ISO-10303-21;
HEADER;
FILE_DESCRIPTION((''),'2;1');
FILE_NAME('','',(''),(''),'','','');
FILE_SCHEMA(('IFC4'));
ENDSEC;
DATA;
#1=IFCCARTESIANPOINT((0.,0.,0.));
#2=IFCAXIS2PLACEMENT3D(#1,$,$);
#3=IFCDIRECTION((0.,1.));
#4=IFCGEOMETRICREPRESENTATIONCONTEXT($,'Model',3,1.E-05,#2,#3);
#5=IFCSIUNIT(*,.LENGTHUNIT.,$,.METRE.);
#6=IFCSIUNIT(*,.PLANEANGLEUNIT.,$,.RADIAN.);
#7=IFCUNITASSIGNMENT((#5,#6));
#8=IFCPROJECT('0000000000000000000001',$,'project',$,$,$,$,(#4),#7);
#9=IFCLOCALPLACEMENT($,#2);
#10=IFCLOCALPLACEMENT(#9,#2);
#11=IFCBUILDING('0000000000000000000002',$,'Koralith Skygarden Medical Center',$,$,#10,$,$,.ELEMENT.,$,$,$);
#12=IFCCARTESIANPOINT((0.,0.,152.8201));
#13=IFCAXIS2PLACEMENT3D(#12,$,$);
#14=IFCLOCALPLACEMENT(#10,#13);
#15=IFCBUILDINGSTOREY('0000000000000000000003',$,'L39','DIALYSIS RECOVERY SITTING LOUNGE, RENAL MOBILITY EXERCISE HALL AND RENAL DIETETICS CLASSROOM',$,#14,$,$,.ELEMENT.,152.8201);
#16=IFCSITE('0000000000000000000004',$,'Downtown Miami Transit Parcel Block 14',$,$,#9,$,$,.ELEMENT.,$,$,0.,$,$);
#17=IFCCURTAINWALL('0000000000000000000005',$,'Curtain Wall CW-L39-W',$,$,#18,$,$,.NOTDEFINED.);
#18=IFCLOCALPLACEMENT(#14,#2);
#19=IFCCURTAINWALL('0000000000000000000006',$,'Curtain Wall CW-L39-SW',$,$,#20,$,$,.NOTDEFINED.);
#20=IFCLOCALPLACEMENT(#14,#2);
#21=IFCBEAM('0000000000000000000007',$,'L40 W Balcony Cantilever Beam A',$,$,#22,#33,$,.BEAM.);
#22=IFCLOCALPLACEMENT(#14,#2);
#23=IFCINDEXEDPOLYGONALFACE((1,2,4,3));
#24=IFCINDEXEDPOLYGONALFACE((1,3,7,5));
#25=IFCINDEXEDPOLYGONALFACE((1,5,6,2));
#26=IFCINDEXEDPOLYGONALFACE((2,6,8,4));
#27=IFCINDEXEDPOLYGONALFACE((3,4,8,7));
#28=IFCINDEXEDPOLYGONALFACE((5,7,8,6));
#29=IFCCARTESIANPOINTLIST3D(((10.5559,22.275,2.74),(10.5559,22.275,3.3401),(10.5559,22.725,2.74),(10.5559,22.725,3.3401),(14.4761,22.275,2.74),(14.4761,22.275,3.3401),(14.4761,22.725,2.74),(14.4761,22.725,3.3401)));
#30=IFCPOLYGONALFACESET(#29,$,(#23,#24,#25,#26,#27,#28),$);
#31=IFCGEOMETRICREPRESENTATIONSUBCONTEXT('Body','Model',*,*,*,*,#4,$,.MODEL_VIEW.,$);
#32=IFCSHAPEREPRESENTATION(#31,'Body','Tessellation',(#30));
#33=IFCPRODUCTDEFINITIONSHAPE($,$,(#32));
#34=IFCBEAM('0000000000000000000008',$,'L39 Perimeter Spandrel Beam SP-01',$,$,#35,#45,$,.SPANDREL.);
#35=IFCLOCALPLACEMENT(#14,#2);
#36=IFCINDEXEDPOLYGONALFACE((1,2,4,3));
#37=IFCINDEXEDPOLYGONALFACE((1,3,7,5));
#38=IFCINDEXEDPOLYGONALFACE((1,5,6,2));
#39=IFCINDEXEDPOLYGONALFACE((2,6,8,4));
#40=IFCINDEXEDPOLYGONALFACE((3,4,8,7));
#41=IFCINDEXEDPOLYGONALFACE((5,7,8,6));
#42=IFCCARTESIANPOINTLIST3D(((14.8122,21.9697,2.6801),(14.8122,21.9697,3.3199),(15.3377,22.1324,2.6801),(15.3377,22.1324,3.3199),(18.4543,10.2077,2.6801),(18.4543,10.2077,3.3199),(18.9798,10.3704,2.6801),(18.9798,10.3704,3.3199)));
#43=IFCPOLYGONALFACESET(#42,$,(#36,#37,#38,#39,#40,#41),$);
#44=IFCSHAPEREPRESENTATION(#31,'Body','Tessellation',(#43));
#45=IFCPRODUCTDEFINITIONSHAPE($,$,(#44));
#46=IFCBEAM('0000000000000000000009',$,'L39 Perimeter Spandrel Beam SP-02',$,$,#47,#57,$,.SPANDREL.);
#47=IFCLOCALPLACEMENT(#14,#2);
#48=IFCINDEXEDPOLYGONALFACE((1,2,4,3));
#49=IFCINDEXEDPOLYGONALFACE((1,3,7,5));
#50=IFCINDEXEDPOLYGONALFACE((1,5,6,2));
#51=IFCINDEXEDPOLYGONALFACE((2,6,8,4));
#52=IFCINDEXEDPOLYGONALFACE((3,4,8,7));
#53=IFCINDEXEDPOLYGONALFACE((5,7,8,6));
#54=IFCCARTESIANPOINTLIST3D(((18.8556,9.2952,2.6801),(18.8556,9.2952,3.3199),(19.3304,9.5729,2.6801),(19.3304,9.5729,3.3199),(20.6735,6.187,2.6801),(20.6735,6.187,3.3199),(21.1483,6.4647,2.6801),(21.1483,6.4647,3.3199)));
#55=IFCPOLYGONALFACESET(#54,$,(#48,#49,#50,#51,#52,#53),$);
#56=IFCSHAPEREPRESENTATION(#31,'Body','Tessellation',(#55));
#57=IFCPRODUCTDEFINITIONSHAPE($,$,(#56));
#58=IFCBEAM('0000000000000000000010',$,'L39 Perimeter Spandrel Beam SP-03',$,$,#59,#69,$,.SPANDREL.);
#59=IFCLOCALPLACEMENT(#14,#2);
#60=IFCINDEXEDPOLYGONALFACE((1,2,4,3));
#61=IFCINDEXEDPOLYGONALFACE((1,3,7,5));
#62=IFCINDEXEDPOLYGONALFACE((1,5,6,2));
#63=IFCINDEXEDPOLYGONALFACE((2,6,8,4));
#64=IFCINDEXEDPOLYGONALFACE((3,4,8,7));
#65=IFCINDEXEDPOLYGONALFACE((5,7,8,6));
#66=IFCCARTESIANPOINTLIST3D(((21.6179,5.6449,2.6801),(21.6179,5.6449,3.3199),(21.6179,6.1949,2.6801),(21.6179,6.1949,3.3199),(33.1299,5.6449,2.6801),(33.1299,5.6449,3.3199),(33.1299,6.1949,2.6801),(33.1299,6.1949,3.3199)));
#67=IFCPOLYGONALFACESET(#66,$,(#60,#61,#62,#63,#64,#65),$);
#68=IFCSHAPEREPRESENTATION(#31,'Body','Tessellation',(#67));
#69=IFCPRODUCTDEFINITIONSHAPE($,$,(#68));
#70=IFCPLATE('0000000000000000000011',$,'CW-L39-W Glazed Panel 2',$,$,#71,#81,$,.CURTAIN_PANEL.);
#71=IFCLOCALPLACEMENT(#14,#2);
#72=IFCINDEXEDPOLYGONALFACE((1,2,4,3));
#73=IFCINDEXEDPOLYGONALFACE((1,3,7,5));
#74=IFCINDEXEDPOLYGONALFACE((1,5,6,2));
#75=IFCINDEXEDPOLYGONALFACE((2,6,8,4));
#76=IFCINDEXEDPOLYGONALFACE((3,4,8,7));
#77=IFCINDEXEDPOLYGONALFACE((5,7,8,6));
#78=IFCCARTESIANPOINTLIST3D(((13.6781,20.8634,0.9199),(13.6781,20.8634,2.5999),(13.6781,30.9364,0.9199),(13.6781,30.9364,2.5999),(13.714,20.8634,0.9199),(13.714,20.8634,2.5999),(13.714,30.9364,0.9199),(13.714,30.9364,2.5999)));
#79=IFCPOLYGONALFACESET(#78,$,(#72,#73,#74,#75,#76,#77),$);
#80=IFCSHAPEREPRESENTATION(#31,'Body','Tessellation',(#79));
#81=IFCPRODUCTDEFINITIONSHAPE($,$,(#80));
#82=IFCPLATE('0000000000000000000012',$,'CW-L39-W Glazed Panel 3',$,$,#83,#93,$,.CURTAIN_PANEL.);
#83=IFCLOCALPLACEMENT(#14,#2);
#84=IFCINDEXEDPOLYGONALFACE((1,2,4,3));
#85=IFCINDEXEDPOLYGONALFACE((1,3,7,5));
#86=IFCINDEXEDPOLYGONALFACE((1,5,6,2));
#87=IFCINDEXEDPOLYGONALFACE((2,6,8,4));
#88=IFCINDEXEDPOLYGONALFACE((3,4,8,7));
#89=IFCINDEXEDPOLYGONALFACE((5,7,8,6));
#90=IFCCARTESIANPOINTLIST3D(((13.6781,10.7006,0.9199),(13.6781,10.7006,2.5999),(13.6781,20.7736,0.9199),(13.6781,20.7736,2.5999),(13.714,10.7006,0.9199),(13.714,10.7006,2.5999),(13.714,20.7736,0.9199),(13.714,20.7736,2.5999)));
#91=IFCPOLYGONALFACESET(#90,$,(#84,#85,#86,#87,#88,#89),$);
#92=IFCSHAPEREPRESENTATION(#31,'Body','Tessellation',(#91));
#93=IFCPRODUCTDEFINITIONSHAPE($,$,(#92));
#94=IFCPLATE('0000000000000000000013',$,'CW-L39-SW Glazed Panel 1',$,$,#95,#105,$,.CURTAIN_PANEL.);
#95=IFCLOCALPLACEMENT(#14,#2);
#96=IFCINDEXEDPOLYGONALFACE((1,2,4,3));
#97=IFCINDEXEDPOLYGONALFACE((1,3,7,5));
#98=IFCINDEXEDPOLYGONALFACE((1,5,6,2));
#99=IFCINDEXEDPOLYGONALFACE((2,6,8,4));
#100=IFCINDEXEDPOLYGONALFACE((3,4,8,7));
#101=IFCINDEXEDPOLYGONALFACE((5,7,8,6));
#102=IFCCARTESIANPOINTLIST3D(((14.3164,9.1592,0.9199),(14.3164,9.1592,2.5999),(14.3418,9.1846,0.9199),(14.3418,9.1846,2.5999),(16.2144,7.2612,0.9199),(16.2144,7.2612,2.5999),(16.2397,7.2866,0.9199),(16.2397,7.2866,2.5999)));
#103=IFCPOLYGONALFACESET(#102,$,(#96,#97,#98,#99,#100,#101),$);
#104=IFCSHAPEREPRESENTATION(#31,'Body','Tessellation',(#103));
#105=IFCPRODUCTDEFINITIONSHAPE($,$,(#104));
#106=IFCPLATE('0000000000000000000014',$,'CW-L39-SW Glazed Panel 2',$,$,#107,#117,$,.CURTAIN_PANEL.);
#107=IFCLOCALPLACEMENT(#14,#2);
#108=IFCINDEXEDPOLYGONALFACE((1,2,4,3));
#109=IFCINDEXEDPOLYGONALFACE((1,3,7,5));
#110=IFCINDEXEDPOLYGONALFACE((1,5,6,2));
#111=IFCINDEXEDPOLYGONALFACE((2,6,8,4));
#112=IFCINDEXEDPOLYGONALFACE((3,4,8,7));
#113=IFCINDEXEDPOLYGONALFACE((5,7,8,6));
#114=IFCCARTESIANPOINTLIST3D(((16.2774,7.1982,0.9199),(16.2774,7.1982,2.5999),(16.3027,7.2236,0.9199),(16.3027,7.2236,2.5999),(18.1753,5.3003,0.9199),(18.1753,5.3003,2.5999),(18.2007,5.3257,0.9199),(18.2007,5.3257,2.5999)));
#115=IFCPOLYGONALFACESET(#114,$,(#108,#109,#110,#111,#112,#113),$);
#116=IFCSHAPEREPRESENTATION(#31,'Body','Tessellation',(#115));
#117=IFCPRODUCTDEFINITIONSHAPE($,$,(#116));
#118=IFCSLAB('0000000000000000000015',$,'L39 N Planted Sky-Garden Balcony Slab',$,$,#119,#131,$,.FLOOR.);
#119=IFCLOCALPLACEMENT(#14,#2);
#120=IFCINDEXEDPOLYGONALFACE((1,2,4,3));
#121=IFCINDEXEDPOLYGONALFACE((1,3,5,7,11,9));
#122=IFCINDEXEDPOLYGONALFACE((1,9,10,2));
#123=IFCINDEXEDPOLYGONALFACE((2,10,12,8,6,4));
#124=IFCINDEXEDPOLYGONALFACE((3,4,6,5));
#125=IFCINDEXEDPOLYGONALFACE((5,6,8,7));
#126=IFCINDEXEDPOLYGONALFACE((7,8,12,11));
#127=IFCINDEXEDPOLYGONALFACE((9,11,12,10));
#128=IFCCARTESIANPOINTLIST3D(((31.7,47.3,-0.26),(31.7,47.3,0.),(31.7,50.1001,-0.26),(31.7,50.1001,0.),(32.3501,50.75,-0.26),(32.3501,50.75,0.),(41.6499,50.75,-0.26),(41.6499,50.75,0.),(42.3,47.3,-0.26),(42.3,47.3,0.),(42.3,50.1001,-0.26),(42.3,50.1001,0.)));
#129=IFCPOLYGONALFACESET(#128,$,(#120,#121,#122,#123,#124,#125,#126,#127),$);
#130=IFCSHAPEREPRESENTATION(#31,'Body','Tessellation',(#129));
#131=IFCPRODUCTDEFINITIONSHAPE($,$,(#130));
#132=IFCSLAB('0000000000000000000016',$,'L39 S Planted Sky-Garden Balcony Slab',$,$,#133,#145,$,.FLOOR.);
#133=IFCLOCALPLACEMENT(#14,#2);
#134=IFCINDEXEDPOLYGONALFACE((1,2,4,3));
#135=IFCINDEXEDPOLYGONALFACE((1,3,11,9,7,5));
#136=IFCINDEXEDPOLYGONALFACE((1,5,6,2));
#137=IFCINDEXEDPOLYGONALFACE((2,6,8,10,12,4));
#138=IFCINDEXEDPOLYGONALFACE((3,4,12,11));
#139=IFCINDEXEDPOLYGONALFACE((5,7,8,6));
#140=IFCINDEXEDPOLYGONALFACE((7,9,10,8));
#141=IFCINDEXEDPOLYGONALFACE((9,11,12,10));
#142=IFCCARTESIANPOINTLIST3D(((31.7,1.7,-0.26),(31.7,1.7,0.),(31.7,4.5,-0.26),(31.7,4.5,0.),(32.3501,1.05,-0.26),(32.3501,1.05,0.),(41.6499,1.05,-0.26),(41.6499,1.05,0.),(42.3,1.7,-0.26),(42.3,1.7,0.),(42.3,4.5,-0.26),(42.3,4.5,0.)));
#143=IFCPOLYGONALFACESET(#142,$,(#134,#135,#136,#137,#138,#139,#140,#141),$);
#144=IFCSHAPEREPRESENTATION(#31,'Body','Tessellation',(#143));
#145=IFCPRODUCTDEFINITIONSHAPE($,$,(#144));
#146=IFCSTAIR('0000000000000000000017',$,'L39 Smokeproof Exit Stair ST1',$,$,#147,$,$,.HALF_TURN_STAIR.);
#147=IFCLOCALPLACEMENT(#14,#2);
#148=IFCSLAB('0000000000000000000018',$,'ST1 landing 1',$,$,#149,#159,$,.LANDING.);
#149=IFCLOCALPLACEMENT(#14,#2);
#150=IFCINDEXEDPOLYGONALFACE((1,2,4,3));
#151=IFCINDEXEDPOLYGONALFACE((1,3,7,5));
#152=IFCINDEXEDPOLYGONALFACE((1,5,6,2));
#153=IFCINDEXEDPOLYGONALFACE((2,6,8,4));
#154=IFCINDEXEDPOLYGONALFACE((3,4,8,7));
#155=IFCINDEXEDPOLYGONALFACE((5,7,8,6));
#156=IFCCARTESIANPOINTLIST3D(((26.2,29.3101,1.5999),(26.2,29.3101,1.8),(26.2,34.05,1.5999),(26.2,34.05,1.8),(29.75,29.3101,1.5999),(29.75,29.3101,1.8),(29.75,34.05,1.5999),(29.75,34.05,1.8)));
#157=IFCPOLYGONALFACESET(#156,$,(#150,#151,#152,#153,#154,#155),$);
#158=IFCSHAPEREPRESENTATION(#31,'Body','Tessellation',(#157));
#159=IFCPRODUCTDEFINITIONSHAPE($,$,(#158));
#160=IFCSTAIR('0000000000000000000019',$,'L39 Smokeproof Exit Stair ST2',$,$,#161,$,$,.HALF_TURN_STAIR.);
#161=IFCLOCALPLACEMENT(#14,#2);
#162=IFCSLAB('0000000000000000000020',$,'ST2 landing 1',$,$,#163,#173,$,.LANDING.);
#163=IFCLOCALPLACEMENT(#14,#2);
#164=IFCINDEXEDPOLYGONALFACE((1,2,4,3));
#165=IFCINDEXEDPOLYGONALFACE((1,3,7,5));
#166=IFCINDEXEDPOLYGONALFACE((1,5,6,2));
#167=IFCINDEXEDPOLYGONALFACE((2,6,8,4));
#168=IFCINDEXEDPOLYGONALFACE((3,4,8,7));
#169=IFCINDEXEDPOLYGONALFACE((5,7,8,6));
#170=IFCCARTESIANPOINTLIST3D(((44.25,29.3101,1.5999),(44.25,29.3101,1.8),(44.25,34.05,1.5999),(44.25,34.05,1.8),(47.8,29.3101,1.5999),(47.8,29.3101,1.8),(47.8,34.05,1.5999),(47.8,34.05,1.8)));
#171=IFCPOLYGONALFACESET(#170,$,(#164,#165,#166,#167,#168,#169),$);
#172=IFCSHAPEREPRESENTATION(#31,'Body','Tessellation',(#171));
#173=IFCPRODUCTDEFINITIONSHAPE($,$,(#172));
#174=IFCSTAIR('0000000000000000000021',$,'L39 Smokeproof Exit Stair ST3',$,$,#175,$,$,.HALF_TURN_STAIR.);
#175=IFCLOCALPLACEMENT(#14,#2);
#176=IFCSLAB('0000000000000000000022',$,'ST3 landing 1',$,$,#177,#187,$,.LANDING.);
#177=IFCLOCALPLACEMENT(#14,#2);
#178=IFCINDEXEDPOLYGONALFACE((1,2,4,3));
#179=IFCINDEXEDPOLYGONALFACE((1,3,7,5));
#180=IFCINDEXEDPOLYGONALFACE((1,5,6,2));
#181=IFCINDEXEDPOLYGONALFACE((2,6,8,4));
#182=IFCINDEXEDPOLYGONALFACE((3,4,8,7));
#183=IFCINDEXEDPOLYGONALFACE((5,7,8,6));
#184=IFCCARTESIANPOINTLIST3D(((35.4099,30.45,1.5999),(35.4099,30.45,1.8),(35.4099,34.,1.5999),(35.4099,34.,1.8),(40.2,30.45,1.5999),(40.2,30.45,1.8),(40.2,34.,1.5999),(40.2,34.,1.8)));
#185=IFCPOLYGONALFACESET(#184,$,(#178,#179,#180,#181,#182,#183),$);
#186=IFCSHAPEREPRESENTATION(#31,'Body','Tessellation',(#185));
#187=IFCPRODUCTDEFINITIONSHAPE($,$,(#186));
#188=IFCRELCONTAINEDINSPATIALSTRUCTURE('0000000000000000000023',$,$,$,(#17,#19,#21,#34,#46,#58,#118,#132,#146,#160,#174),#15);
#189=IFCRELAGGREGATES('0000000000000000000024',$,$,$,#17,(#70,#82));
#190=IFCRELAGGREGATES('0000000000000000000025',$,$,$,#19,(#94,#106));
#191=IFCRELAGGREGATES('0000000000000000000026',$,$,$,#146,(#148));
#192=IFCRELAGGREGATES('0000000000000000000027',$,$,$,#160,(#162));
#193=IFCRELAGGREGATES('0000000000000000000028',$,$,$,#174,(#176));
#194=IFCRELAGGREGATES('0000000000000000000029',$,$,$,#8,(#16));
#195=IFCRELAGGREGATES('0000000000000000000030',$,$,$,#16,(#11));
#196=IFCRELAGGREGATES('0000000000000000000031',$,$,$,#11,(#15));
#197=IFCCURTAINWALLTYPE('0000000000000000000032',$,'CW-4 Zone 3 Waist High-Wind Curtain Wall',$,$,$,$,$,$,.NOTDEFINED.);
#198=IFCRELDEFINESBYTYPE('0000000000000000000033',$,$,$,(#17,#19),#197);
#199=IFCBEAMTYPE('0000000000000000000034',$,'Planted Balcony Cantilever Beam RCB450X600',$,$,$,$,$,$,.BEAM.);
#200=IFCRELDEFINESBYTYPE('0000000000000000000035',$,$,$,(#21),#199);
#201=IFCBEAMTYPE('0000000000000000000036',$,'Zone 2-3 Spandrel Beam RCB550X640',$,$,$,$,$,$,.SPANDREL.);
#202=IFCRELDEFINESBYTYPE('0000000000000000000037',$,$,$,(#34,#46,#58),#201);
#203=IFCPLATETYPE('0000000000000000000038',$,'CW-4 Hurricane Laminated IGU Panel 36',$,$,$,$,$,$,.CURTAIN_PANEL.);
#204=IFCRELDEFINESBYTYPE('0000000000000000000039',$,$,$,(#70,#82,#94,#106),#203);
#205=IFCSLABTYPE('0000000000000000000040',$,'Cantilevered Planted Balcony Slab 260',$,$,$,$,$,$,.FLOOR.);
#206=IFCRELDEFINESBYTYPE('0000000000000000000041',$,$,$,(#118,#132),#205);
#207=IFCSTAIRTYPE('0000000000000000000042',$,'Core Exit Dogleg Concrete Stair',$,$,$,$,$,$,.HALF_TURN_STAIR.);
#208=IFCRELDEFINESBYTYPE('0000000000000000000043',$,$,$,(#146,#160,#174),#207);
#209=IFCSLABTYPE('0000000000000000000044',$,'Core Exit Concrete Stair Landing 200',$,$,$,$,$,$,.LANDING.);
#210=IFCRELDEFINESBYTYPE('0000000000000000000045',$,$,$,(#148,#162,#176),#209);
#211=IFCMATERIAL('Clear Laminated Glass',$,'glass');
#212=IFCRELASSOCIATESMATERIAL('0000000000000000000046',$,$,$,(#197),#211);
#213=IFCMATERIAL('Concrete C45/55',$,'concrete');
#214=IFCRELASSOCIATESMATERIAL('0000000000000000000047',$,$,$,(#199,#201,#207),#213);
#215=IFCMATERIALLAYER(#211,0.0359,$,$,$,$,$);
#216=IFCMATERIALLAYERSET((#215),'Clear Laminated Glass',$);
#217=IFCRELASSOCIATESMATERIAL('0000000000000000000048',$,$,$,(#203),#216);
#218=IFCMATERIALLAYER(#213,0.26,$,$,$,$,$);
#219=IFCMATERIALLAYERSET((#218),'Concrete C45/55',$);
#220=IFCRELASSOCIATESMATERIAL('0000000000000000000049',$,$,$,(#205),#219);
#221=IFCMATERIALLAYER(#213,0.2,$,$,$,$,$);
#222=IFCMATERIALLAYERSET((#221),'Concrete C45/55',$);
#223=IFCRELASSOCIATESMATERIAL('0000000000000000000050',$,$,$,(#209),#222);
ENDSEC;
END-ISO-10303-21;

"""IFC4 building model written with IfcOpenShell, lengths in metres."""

from ifc_helpers import new_model, si_unit, direction, frame, origin, origin_2d, place, context, subcontext, project, spatial, polyline, rectangle, outline, extrude, material, layer, layer_set, material_profile, profile_set, type_object, element, aggregate, save


model = new_model("IFC4")

# Units and contexts
model_context = context("Model", 3, precision=1e-05, world=origin(), true_north=direction((0.0, 1.0)))
body_context = subcontext(model_context, "Body", "Model", "MODEL_VIEW")
ifc_project = project(units=[si_unit("LENGTHUNIT", "METRE"), si_unit("PLANEANGLEUNIT", "RADIAN")], contexts=[model_context])

# Site, building, storey
site_placement = place(None, origin())
site = spatial("IfcSite", under=ifc_project, at=site_placement, Name="Downtown Miami Transit Parcel Block 14", CompositionType="ELEMENT", RefElevation=0.0)
building_placement = place(site_placement, origin())
building = spatial("IfcBuilding", under=site, at=building_placement, Name="Koralith Skygarden Medical Center", CompositionType="ELEMENT")
storey_placement = place(building_placement, frame((0.0, 0.0, 152.8201)))
storey = spatial("IfcBuildingStorey", under=building, at=storey_placement, Name="L39", Description="DIALYSIS RECOVERY SITTING LOUNGE, RENAL MOBILITY EXERCISE HALL AND RENAL DIETETICS CLASSROOM", CompositionType="ELEMENT", Elevation=152.8201)

# Shared definitions
ifc_material_1 = material(Name="Clear Laminated Glass", Category="glass")
curtain_wall_type = type_object("IfcCurtainWallType", Name="CW-4 Zone 3 Waist High-Wind Curtain Wall", PredefinedType="NOTDEFINED", material=ifc_material_1)

# Curtain walls
curtain_wall_1_placement = place(storey_placement, origin())
curtain_wall_1 = element("IfcCurtainWall", 1, at=curtain_wall_1_placement, inside=storey, type_object=curtain_wall_type, Name="Curtain Wall CW-L39-W", PredefinedType="NOTDEFINED")
curtain_wall_2_placement = place(storey_placement, origin())
curtain_wall_2 = element("IfcCurtainWall", 2, at=curtain_wall_2_placement, inside=storey, type_object=curtain_wall_type, Name="Curtain Wall CW-L39-SW", PredefinedType="NOTDEFINED")

# Beams
ifc_material_2 = material(Name="Concrete C45/55", Category="concrete")
ifc_material_profile_1 = material_profile(ifc_material_2, rectangle(XDim=0.45, YDim=0.6001, at=origin_2d()), Name="RCB450X600")
ifc_profile_set_1 = profile_set([ifc_material_profile_1], Name="Concrete C45/55")
beam_type_1 = type_object("IfcBeamType", Name="Planted Balcony Cantilever Beam RCB450X600", PredefinedType="BEAM", material=ifc_profile_set_1)
beam_1_placement = place(storey_placement, frame((14.4761, 22.5, 3.04), z_axis=(-1.0, 0.0, 0.0), x_axis=(0.0, -1.0, 0.0)))
element("IfcBeam", 3, at=beam_1_placement, inside=storey, type_object=beam_type_1, Name="L40 W Balcony Cantilever Beam A", PredefinedType="BEAM", context=body_context, shape_type="SweptSolid", body=[
    extrude(rectangle(XDim=0.45, YDim=0.6001, at=origin_2d()), origin(), (0.0, 0.0, 1.0), 3.9202),
])
ifc_material_profile_2 = material_profile(ifc_material_2, rectangle(XDim=0.55, YDim=0.6399, at=origin_2d()), Name="RCB550X640")
ifc_profile_set_2 = profile_set([ifc_material_profile_2], Name="Concrete C45/55")
beam_type_2 = type_object("IfcBeamType", Name="Zone 2-3 Spandrel Beam RCB550X640", PredefinedType="SPANDREL", material=ifc_profile_set_2)
beam_2_placement = place(storey_placement, frame((15.075, 22.051, 3.0), z_axis=(0.295794, -0.955252, 0.0), x_axis=(0.955252, 0.295794, 0.0)))
element("IfcBeam", 4, at=beam_2_placement, inside=storey, type_object=beam_type_2, Name="L39 Perimeter Spandrel Beam SP-01", PredefinedType="SPANDREL", context=body_context, shape_type="SweptSolid", body=[
    extrude(rectangle(XDim=0.55, YDim=0.6399, at=origin_2d()), origin(), (0.0, 0.0, 1.0), 12.313),
])
beam_3_placement = place(storey_placement, frame((19.093, 9.4341, 3.0), z_axis=(0.504861, -0.8632, 0.0), x_axis=(0.8632, 0.504861, 0.0)))
element("IfcBeam", 5, at=beam_3_placement, inside=storey, type_object=beam_type_2, Name="L39 Perimeter Spandrel Beam SP-02", PredefinedType="SPANDREL", context=body_context, shape_type="SweptSolid", body=[
    extrude(rectangle(XDim=0.55, YDim=0.6399, at=origin_2d()), origin(), (0.0, 0.0, 1.0), 3.6008),
])
beam_4_placement = place(storey_placement, frame((21.6179, 5.9199, 3.0), z_axis=(1.0, 0.0, 0.0), x_axis=(0.0, 1.0, 0.0)))
element("IfcBeam", 6, at=beam_4_placement, inside=storey, type_object=beam_type_2, Name="L39 Perimeter Spandrel Beam SP-03", PredefinedType="SPANDREL", context=body_context, shape_type="SweptSolid", body=[
    extrude(rectangle(XDim=0.55, YDim=0.6399, at=origin_2d()), origin(), (0.0, 0.0, 1.0), 11.512),
])

# Plates
ifc_layer_1 = layer(ifc_material_1, 0.0359)
ifc_layer_set_1 = layer_set([ifc_layer_1], Name="Clear Laminated Glass")
plate_type_1 = type_object("IfcPlateType", Name="CW-4 Hurricane Laminated IGU Panel 36", PredefinedType="CURTAIN_PANEL", material=ifc_layer_set_1)
plate_1_placement = place(storey_placement, frame((13.696, 25.8999, 0.9199), z_axis=(0.0, 0.0, 1.0), x_axis=(0.0, -1.0, 0.0)))
plate_1 = element("IfcPlate", 7, at=plate_1_placement, type_object=plate_type_1, Name="CW-L39-W Glazed Panel 2", PredefinedType="CURTAIN_PANEL", context=body_context, shape_type="SweptSolid", body=[
    extrude(rectangle(XDim=10.073, YDim=0.0359, at=origin_2d()), origin(), (0.0, 0.0, 1.0), 1.6799),
])
plate_2_placement = place(storey_placement, frame((13.696, 15.7371, 0.9199), z_axis=(0.0, 0.0, 1.0), x_axis=(0.0, -1.0, 0.0)))
plate_2 = element("IfcPlate", 8, at=plate_2_placement, type_object=plate_type_1, Name="CW-L39-W Glazed Panel 3", PredefinedType="CURTAIN_PANEL", context=body_context, shape_type="SweptSolid", body=[
    extrude(rectangle(XDim=10.073, YDim=0.0359, at=origin_2d()), origin(), (0.0, 0.0, 1.0), 1.6799),
])
aggregate(curtain_wall_1, [plate_1, plate_2])
plate_3_placement = place(storey_placement, frame((15.2781, 8.2229, 0.9199), z_axis=(0.0, 0.0, 1.0), x_axis=(0.707107, -0.707107, 0.0)))
plate_3 = element("IfcPlate", 9, at=plate_3_placement, type_object=plate_type_1, Name="CW-L39-SW Glazed Panel 1", PredefinedType="CURTAIN_PANEL", context=body_context, shape_type="SweptSolid", body=[
    extrude(rectangle(XDim=2.6841, YDim=0.0359, at=origin_2d()), origin(), (0.0, 0.0, 1.0), 1.6799),
])
plate_4_placement = place(storey_placement, frame((17.239, 6.262, 0.9199), z_axis=(0.0, 0.0, 1.0), x_axis=(0.707107, -0.707107, 0.0)))
plate_4 = element("IfcPlate", 10, at=plate_4_placement, type_object=plate_type_1, Name="CW-L39-SW Glazed Panel 2", PredefinedType="CURTAIN_PANEL", context=body_context, shape_type="SweptSolid", body=[
    extrude(rectangle(XDim=2.6841, YDim=0.0359, at=origin_2d()), origin(), (0.0, 0.0, 1.0), 1.6799),
])
aggregate(curtain_wall_2, [plate_3, plate_4])

# Slabs
ifc_layer_2 = layer(ifc_material_2, 0.26)
ifc_layer_set_2 = layer_set([ifc_layer_2], Name="Concrete C45/55")
slab_type_1 = type_object("IfcSlabType", Name="Cantilevered Planted Balcony Slab 260", PredefinedType="FLOOR", material=ifc_layer_set_2)
slab_1_placement = place(storey_placement, frame((0.0, 0.0, -0.26)))
element("IfcSlab", 11, at=slab_1_placement, inside=storey, type_object=slab_type_1, Name="L39 N Planted Sky-Garden Balcony Slab", PredefinedType="FLOOR", context=body_context, shape_type="SweptSolid", body=[
    extrude(outline(polyline([(31.7, 47.3), (42.3, 47.3), (42.3, 50.1001), (41.6499, 50.75), (32.3501, 50.75), (31.7, 50.1001), (31.7, 47.3)])), origin(), (0.0, 0.0, 1.0), 0.26),
])
slab_2_placement = place(storey_placement, frame((0.0, 0.0, -0.26)))
element("IfcSlab", 12, at=slab_2_placement, inside=storey, type_object=slab_type_1, Name="L39 S Planted Sky-Garden Balcony Slab", PredefinedType="FLOOR", context=body_context, shape_type="SweptSolid", body=[
    extrude(outline(polyline([(32.3501, 1.05), (41.6499, 1.05), (42.3, 1.7), (42.3, 4.5), (31.7, 4.5), (31.7, 1.7), (32.3501, 1.05)])), origin(), (0.0, 0.0, 1.0), 0.26),
])

# Stairs, slabs
stair_type = type_object("IfcStairType", Name="Core Exit Dogleg Concrete Stair", PredefinedType="HALF_TURN_STAIR", material=ifc_material_2)
stair_1_placement = place(storey_placement, origin())
stair_1 = element("IfcStair", 13, at=stair_1_placement, inside=storey, type_object=stair_type, Name="L39 Smokeproof Exit Stair ST1", PredefinedType="HALF_TURN_STAIR")
ifc_layer_3 = layer(ifc_material_2, 0.2)
ifc_layer_set_3 = layer_set([ifc_layer_3], Name="Concrete C45/55")
slab_type_2 = type_object("IfcSlabType", Name="Core Exit Concrete Stair Landing 200", PredefinedType="LANDING", material=ifc_layer_set_3)
slab_3_placement = place(storey_placement, frame((0.0, 0.0, 1.5999)))
slab_3 = element("IfcSlab", 14, at=slab_3_placement, type_object=slab_type_2, Name="ST1 landing 1", PredefinedType="LANDING", context=body_context, shape_type="SweptSolid", body=[
    extrude(outline(polyline([(29.75, 29.3101), (29.75, 34.05), (26.2, 34.05), (26.2, 29.3101), (29.75, 29.3101)])), origin(), (0.0, 0.0, 1.0), 0.2002),
])
aggregate(stair_1, [slab_3])
stair_2_placement = place(storey_placement, origin())
stair_2 = element("IfcStair", 15, at=stair_2_placement, inside=storey, type_object=stair_type, Name="L39 Smokeproof Exit Stair ST2", PredefinedType="HALF_TURN_STAIR")
slab_4_placement = place(storey_placement, frame((0.0, 0.0, 1.5999)))
slab_4 = element("IfcSlab", 16, at=slab_4_placement, type_object=slab_type_2, Name="ST2 landing 1", PredefinedType="LANDING", context=body_context, shape_type="SweptSolid", body=[
    extrude(outline(polyline([(47.8, 29.3101), (47.8, 34.05), (44.25, 34.05), (44.25, 29.3101), (47.8, 29.3101)])), origin(), (0.0, 0.0, 1.0), 0.2002),
])
aggregate(stair_2, [slab_4])
stair_3_placement = place(storey_placement, origin())
stair_3 = element("IfcStair", 17, at=stair_3_placement, inside=storey, type_object=stair_type, Name="L39 Smokeproof Exit Stair ST3", PredefinedType="HALF_TURN_STAIR")
slab_5_placement = place(storey_placement, frame((0.0, 0.0, 1.5999)))
slab_5 = element("IfcSlab", 18, at=slab_5_placement, type_object=slab_type_2, Name="ST3 landing 1", PredefinedType="LANDING", context=body_context, shape_type="SweptSolid", body=[
    extrude(outline(polyline([(35.4099, 30.45), (40.2, 30.45), (40.2, 34.0), (35.4099, 34.0), (35.4099, 30.45)])), origin(), (0.0, 0.0, 1.0), 0.2002),
])
aggregate(stair_3, [slab_5])

save(model, "model.ifc")
